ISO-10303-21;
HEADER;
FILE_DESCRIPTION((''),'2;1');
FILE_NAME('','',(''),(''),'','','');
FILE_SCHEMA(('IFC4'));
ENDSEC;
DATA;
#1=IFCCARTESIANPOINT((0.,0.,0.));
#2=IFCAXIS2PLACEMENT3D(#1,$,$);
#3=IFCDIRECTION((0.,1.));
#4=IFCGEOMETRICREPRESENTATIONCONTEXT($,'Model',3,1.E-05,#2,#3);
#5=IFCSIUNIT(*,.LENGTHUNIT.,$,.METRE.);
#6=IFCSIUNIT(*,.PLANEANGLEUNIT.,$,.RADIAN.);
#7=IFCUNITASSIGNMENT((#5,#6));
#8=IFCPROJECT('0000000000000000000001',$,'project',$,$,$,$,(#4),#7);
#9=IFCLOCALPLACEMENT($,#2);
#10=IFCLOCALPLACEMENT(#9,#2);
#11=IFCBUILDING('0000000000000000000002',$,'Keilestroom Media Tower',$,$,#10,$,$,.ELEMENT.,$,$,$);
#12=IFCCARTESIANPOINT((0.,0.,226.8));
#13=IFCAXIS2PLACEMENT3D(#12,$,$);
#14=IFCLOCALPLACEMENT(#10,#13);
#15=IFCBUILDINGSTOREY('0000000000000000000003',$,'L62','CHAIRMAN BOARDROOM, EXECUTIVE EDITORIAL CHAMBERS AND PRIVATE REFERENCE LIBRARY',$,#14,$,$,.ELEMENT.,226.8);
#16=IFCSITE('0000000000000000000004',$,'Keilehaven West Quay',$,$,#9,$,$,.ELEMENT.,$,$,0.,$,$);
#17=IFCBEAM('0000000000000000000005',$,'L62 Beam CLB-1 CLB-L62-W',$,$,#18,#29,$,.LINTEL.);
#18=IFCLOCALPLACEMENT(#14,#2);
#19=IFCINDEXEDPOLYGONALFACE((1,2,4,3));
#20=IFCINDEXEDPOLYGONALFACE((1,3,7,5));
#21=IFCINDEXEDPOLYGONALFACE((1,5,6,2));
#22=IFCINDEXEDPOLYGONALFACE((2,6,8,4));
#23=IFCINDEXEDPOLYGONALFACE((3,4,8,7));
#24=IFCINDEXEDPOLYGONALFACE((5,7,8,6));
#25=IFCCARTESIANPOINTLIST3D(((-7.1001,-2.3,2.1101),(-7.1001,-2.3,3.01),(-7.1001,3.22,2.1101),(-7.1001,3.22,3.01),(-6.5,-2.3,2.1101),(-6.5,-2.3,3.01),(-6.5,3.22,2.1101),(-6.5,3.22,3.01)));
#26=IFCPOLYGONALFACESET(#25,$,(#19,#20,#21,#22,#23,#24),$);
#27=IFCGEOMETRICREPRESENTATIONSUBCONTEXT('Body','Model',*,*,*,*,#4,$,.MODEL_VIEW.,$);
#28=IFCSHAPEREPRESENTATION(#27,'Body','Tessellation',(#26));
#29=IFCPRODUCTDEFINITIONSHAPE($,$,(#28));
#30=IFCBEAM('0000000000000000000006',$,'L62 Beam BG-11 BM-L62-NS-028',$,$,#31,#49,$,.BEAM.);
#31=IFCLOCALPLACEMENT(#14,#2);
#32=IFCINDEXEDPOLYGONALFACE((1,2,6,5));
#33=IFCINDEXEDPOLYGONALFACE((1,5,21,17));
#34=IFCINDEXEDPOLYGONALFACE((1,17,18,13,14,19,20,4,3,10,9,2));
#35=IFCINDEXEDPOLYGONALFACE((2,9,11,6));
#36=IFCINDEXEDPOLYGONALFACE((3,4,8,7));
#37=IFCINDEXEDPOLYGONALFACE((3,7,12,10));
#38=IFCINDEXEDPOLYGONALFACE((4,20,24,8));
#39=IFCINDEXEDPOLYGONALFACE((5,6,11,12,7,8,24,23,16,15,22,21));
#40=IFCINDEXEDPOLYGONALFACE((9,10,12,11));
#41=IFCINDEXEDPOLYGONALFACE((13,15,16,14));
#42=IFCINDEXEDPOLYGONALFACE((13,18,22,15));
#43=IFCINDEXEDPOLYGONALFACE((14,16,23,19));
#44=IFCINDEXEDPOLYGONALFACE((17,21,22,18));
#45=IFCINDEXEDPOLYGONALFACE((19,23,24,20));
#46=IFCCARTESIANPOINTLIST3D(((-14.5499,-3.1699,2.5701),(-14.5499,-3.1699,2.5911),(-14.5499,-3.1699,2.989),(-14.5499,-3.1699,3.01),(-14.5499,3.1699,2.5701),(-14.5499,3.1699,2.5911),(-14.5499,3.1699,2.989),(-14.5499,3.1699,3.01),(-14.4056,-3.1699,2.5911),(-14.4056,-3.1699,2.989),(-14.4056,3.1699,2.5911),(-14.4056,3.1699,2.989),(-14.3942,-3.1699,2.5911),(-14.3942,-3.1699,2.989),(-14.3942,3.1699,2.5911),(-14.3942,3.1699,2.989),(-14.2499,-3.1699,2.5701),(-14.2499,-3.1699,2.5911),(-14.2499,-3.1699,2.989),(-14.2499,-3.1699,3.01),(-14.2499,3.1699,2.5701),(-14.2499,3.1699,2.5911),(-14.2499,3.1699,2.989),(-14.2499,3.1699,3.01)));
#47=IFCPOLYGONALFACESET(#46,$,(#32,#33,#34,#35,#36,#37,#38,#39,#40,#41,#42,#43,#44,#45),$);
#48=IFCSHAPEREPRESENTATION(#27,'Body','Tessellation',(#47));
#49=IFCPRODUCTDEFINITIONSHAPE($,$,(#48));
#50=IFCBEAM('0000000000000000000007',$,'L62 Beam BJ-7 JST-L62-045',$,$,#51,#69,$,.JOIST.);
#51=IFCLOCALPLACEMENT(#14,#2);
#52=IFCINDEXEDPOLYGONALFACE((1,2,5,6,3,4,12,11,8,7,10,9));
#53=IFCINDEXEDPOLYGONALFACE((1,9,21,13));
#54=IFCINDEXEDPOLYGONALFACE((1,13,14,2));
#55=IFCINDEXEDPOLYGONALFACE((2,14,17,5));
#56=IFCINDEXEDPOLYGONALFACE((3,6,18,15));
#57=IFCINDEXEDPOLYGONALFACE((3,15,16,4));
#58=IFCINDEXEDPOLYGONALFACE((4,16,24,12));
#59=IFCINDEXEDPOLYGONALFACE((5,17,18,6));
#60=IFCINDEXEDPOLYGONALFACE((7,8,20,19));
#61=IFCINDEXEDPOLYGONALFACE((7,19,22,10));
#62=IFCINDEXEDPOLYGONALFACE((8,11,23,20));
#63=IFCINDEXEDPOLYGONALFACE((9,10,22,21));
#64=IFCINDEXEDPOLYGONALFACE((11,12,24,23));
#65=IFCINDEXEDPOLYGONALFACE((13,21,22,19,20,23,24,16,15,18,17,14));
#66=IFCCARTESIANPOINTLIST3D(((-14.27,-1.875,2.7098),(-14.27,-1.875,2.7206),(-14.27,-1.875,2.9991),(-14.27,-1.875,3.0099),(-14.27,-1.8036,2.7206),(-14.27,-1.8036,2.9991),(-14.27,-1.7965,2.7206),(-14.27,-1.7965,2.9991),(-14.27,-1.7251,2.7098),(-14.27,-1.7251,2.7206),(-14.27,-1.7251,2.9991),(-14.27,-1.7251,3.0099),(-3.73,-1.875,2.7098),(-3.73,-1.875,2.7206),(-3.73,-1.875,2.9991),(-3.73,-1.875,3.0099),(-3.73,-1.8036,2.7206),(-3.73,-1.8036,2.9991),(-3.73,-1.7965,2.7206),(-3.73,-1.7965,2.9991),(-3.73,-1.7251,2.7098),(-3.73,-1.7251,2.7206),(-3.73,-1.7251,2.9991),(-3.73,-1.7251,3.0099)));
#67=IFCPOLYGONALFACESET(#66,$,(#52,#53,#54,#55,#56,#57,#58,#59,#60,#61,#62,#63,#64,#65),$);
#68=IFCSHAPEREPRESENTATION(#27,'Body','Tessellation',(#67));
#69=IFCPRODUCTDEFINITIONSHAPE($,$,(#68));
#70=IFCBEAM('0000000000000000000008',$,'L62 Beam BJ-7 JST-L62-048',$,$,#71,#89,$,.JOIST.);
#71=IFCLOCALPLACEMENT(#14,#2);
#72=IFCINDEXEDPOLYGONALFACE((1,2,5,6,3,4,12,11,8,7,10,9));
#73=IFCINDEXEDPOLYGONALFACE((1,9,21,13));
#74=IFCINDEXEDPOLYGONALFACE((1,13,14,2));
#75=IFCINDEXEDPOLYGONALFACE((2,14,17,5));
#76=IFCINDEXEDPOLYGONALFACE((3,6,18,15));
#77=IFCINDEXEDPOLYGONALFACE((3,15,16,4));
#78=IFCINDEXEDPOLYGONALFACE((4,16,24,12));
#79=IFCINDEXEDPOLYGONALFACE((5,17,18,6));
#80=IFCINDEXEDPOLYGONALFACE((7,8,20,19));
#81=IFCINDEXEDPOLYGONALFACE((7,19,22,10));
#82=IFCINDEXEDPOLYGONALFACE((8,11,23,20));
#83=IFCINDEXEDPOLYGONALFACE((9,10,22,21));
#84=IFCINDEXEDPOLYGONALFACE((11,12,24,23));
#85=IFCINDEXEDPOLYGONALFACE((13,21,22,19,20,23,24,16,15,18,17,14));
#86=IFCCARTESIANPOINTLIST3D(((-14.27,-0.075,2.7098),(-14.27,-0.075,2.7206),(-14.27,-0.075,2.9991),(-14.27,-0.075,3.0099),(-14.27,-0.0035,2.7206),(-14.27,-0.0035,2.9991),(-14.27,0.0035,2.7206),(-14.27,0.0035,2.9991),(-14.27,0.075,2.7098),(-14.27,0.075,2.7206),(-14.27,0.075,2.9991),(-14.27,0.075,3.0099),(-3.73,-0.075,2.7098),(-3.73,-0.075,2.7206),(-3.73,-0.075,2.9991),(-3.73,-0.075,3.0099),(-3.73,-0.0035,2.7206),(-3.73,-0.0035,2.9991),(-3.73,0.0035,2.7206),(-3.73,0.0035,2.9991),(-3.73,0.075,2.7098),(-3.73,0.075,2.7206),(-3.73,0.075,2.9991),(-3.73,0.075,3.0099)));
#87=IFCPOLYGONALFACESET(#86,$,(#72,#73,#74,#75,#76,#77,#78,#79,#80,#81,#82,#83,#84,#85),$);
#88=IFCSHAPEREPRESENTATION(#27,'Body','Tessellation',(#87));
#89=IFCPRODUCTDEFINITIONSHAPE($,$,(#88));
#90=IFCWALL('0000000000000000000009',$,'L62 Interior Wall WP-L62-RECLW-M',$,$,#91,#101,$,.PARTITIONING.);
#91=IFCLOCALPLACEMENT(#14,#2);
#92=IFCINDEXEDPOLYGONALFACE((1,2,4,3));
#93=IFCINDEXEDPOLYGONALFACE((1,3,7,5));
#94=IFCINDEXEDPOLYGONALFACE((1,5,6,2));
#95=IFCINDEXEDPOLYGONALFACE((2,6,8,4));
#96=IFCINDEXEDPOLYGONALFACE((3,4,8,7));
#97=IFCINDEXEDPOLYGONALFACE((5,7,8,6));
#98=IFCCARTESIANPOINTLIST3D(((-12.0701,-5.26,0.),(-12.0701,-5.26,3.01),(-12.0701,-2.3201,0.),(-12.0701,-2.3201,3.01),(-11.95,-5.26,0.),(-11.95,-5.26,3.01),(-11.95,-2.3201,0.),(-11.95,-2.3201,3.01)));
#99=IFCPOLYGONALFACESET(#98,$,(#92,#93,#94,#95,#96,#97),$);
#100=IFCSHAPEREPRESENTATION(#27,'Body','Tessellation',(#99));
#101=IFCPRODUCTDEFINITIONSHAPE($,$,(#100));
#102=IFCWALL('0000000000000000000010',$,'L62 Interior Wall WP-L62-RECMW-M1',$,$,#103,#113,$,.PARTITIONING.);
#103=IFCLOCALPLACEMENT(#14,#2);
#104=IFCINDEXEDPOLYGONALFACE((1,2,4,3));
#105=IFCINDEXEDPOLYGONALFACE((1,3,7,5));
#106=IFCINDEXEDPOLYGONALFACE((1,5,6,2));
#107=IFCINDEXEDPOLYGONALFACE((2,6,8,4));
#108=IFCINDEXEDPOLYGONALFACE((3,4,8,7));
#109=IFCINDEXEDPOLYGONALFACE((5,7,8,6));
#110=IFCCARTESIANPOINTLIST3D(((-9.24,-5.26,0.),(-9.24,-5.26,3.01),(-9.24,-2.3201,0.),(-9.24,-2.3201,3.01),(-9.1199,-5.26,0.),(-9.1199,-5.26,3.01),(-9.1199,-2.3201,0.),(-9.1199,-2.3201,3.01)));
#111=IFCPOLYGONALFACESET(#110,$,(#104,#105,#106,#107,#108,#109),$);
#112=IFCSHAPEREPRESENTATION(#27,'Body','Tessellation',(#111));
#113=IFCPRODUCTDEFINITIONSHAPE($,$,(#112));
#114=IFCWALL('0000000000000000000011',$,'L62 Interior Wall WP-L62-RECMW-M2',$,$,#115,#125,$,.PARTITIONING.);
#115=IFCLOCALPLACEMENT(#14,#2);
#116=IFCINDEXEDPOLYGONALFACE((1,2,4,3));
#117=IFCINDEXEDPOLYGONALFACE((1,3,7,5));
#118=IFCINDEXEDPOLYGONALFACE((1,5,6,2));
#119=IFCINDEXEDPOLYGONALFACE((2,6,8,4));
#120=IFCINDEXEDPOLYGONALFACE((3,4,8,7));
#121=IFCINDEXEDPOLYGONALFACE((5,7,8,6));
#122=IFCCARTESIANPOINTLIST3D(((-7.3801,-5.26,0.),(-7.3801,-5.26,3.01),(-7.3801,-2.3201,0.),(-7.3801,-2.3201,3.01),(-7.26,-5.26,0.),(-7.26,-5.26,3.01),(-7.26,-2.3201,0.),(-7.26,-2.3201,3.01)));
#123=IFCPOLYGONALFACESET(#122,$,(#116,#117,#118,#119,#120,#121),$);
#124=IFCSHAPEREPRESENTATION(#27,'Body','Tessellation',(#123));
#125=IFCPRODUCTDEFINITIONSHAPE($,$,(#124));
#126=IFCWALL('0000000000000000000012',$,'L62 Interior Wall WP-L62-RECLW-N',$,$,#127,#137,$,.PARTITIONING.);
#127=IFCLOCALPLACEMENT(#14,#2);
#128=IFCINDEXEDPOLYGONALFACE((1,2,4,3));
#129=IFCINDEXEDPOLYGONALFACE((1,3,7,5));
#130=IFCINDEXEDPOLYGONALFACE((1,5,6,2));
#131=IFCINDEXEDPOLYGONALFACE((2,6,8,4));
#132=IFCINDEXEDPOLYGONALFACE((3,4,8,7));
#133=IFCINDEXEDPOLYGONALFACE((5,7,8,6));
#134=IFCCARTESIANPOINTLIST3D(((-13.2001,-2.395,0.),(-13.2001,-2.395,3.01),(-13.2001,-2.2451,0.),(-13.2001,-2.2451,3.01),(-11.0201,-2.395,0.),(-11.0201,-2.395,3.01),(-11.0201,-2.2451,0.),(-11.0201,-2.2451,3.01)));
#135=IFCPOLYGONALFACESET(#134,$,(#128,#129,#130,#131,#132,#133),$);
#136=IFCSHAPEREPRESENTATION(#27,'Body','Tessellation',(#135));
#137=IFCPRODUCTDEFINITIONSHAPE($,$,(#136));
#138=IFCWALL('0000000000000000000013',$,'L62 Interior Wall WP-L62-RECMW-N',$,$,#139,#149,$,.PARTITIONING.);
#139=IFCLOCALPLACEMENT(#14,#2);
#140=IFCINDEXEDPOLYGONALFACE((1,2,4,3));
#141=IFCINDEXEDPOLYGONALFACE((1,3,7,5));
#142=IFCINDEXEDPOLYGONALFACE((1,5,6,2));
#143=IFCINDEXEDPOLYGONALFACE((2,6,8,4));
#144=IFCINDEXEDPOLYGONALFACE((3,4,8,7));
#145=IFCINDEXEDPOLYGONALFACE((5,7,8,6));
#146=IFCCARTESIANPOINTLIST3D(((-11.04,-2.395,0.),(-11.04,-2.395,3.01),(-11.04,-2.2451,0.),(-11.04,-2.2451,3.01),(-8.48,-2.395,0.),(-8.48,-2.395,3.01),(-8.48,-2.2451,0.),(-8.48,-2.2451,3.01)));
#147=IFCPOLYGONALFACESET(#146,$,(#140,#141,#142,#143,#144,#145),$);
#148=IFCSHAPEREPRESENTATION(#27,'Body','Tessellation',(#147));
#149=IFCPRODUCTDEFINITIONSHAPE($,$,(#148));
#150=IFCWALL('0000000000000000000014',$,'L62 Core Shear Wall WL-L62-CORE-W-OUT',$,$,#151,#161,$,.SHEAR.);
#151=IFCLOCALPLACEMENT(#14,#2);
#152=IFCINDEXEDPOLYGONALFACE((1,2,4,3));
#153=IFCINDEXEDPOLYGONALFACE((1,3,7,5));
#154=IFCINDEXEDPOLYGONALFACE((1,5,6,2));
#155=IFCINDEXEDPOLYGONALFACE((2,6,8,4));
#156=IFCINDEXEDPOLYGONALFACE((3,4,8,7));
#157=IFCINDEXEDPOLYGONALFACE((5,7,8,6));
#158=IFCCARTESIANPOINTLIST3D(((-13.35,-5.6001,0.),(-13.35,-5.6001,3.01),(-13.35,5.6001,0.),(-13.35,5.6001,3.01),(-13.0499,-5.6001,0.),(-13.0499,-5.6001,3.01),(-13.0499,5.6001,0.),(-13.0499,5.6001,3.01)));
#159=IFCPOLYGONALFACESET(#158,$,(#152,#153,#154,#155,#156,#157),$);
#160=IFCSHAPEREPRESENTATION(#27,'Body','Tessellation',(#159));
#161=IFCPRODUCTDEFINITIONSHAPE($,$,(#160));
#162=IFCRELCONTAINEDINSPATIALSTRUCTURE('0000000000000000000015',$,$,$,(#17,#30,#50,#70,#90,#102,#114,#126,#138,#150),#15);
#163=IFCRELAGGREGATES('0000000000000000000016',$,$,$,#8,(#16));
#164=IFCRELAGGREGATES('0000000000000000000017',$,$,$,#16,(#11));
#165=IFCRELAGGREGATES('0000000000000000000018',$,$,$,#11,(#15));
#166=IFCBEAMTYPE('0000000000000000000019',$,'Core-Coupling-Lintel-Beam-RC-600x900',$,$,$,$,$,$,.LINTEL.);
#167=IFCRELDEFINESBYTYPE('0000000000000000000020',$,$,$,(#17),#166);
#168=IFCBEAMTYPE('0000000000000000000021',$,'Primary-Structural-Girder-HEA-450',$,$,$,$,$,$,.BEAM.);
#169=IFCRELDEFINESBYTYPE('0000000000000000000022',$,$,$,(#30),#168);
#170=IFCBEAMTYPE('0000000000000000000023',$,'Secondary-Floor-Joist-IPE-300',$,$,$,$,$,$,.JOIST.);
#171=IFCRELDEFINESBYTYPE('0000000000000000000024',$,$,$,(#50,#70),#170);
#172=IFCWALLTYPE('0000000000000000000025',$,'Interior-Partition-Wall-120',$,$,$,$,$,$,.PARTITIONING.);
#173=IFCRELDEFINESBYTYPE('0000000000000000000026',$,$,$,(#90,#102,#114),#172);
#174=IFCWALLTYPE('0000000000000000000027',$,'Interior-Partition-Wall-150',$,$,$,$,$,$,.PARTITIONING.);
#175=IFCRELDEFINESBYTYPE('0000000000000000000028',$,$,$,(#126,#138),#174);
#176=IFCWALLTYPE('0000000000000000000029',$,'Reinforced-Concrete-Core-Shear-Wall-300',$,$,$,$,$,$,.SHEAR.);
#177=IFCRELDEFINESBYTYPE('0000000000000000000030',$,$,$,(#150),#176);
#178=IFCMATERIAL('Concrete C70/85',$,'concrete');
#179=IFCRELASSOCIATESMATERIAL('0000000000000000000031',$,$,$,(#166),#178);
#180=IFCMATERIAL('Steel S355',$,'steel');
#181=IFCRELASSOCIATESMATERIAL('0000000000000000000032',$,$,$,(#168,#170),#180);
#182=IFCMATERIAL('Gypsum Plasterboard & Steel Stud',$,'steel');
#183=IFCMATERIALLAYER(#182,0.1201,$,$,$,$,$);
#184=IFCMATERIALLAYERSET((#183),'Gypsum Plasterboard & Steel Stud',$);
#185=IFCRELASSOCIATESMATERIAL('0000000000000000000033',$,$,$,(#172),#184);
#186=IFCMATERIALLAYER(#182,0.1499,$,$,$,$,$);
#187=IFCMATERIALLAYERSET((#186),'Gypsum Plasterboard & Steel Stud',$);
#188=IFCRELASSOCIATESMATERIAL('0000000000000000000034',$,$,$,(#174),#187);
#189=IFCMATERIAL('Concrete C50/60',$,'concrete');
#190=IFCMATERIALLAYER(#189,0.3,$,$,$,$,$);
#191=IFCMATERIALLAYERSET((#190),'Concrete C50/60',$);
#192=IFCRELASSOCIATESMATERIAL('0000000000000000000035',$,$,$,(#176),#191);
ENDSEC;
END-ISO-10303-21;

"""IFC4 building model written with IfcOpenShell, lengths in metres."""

from ifc_helpers import new_model, si_unit, direction, frame, frame_2d, origin, origin_2d, place, context, subcontext, project, spatial, rectangle, i_section, extrude, source, transform, mapped, material, layer, layer_set, material_profile, profile_set, type_object, element, save


model = new_model("IFC4")

# Units and contexts
model_context = context("Model", 3, precision=1e-05, world=origin(), true_north=direction((0.0, 1.0)))
body_context = subcontext(model_context, "Body", "Model", "MODEL_VIEW")
ifc_project = project(units=[si_unit("LENGTHUNIT", "METRE"), si_unit("PLANEANGLEUNIT", "RADIAN")], contexts=[model_context])

# Site, building, storey
site_placement = place(None, origin())
site = spatial("IfcSite", under=ifc_project, at=site_placement, Name="Keilehaven West Quay", CompositionType="ELEMENT", RefElevation=0.0)
building_placement = place(site_placement, origin())
building = spatial("IfcBuilding", under=site, at=building_placement, Name="Keilestroom Media Tower", CompositionType="ELEMENT")
storey_placement = place(building_placement, frame((0.0, 0.0, 226.8)))
storey = spatial("IfcBuildingStorey", under=building, at=storey_placement, Name="L62", Description="CHAIRMAN BOARDROOM, EXECUTIVE EDITORIAL CHAMBERS AND PRIVATE REFERENCE LIBRARY", CompositionType="ELEMENT", Elevation=226.8)

# Beams
ifc_material_1 = material(Name="Concrete C70/85", Category="concrete")
ifc_material_profile_1 = material_profile(ifc_material_1, rectangle(XDim=0.6001, YDim=0.8999, at=origin_2d()), Name="RC 600x900")
ifc_profile_set_1 = profile_set([ifc_material_profile_1], Name="Concrete C70/85")
beam_type_1 = type_object("IfcBeamType", Name="Core-Coupling-Lintel-Beam-RC-600x900", PredefinedType="LINTEL", material=ifc_profile_set_1)
shared_shape_1 = source(origin(), body_context, "Body", "SweptSolid", [
    extrude(rectangle(XDim=0.6001, YDim=0.8999, at=origin_2d()), origin(), (0.0, 0.0, 1.0), 5.52),
])
beam_1_placement = place(storey_placement, frame((-6.8, -2.3, 2.5601), z_axis=(0.0, 1.0, 0.0), x_axis=(-1.0, 0.0, 0.0)))
element("IfcBeam", 1, at=beam_1_placement, inside=storey, type_object=beam_type_1, Name="L62 Beam CLB-1 CLB-L62-W", PredefinedType="LINTEL", context=body_context, shape_type="MappedRepresentation", body=[
    mapped(shared_shape_1, transform((0.0, 0.0, 0.0), x_axis=(1.0, 0.0, 0.0), y_axis=(0.0, 1.0, 0.0), z_axis=(0.0, 0.0, 1.0), scale=1.0)),
])
ifc_material_2 = material(Name="Steel S355", Category="steel")
ifc_material_profile_2 = material_profile(ifc_material_2, i_section(OverallWidth=0.3, OverallDepth=0.4399, WebThickness=0.0115, FlangeThickness=0.021, at=origin_2d()), Name="HEA 450")
ifc_profile_set_2 = profile_set([ifc_material_profile_2], Name="Steel S355")
beam_type_2 = type_object("IfcBeamType", Name="Primary-Structural-Girder-HEA-450", PredefinedType="BEAM", material=ifc_profile_set_2)
shared_shape_2 = source(origin(), body_context, "Body", "SweptSolid", [
    extrude(i_section(OverallWidth=0.3, OverallDepth=0.4399, WebThickness=0.0115, FlangeThickness=0.021, at=origin_2d()), origin(), (0.0, 0.0, 1.0), 6.3398),
])
beam_2_placement = place(storey_placement, frame((-14.3999, -3.1699, 2.79), z_axis=(0.0, 1.0, 0.0), x_axis=(-1.0, 0.0, 0.0)))
element("IfcBeam", 2, at=beam_2_placement, inside=storey, type_object=beam_type_2, Name="L62 Beam BG-11 BM-L62-NS-028", PredefinedType="BEAM", context=body_context, shape_type="MappedRepresentation", body=[
    mapped(shared_shape_2, transform((0.0, 0.0, 0.0), x_axis=(1.0, 0.0, 0.0), y_axis=(0.0, 1.0, 0.0), z_axis=(0.0, 0.0, 1.0), scale=1.0)),
])
ifc_material_profile_3 = material_profile(ifc_material_2, i_section(OverallWidth=0.1499, OverallDepth=0.3, WebThickness=0.0071, FlangeThickness=0.0107, at=origin_2d()), Name="IPE 300")
ifc_profile_set_3 = profile_set([ifc_material_profile_3], Name="Steel S355")
beam_type_3 = type_object("IfcBeamType", Name="Secondary-Floor-Joist-IPE-300", PredefinedType="JOIST", material=ifc_profile_set_3)
shared_shape_3 = source(origin(), body_context, "Body", "SweptSolid", [
    extrude(i_section(OverallWidth=0.1499, OverallDepth=0.3, WebThickness=0.0071, FlangeThickness=0.0107, at=origin_2d()), origin(), (0.0, 0.0, 1.0), 10.54),
])
for number, where, z_axis, x_axis, name in (
    (3, (-14.27, -1.8, 2.8599), (1.0, 0.0, 0.0), (0.0, 1.0, 0.0), "L62 Beam BJ-7 JST-L62-045"),
    (4, (-14.27, 0.0, 2.8599), (1.0, 0.0, 0.0), (0.0, 1.0, 0.0), "L62 Beam BJ-7 JST-L62-048"),
):
    element("IfcBeam", number, at=place(storey_placement, frame(where, z_axis=z_axis, x_axis=x_axis)), inside=storey, type_object=beam_type_3, Name=name, PredefinedType="JOIST", context=body_context, shape_type="MappedRepresentation", body=[
        mapped(shared_shape_3, transform((0.0, 0.0, 0.0), x_axis=(1.0, 0.0, 0.0), y_axis=(0.0, 1.0, 0.0), z_axis=(0.0, 0.0, 1.0), scale=1.0)),
    ])

# Walls
ifc_material_3 = material(Name="Gypsum Plasterboard & Steel Stud", Category="steel")
ifc_layer_1 = layer(ifc_material_3, 0.1201)
ifc_layer_set_1 = layer_set([ifc_layer_1], Name="Gypsum Plasterboard & Steel Stud")
wall_type_1 = type_object("IfcWallType", Name="Interior-Partition-Wall-120", PredefinedType="PARTITIONING", material=ifc_layer_set_1)
for number, where, z_axis, x_axis, name in (
    (5, (-12.01, -5.26, 0.0), (0.0, 0.0, 1.0), (0.0, 1.0, 0.0), "L62 Interior Wall WP-L62-RECLW-M"),
    (6, (-9.1799, -5.26, 0.0), (0.0, 0.0, 1.0), (0.0, 1.0, 0.0), "L62 Interior Wall WP-L62-RECMW-M1"),
    (7, (-7.3201, -5.26, 0.0), (0.0, 0.0, 1.0), (0.0, 1.0, 0.0), "L62 Interior Wall WP-L62-RECMW-M2"),
):
    element("IfcWall", number, at=place(storey_placement, frame(where, z_axis=z_axis, x_axis=x_axis)), inside=storey, type_object=wall_type_1, Name=name, PredefinedType="PARTITIONING", context=body_context, shape_type="SweptSolid", body=[
        extrude(rectangle(XDim=2.9399, YDim=0.1201, at=frame_2d((1.47, 0.0))), origin(), (0.0, 0.0, 1.0), 3.01),
    ])
ifc_layer_2 = layer(ifc_material_3, 0.1499)
ifc_layer_set_2 = layer_set([ifc_layer_2], Name="Gypsum Plasterboard & Steel Stud")
wall_type_2 = type_object("IfcWallType", Name="Interior-Partition-Wall-150", PredefinedType="PARTITIONING", material=ifc_layer_set_2)
wall_1_placement = place(storey_placement, frame((-13.2, -2.3201, 0.0), z_axis=(0.0, 0.0, 1.0), x_axis=(1.0, 0.0, 0.0)))
element("IfcWall", 8, at=wall_1_placement, inside=storey, type_object=wall_type_2, Name="L62 Interior Wall WP-L62-RECLW-N", PredefinedType="PARTITIONING", context=body_context, shape_type="SweptSolid", body=[
    extrude(rectangle(XDim=2.1799, YDim=0.1499, at=frame_2d((1.0898, 0.0))), origin(), (0.0, 0.0, 1.0), 3.01),
])
wall_2_placement = place(storey_placement, frame((-11.04, -2.3201, 0.0), z_axis=(0.0, 0.0, 1.0), x_axis=(1.0, 0.0, 0.0)))
element("IfcWall", 9, at=wall_2_placement, inside=storey, type_object=wall_type_2, Name="L62 Interior Wall WP-L62-RECMW-N", PredefinedType="PARTITIONING", context=body_context, shape_type="SweptSolid", body=[
    extrude(rectangle(XDim=2.5601, YDim=0.1499, at=frame_2d((1.28, 0.0))), origin(), (0.0, 0.0, 1.0), 3.01),
])
ifc_material_4 = material(Name="Concrete C50/60", Category="concrete")
ifc_layer_3 = layer(ifc_material_4, 0.3)
ifc_layer_set_3 = layer_set([ifc_layer_3], Name="Concrete C50/60")
wall_type_3 = type_object("IfcWallType", Name="Reinforced-Concrete-Core-Shear-Wall-300", PredefinedType="SHEAR", material=ifc_layer_set_3)
wall_3_placement = place(storey_placement, frame((-13.2, -5.6001, 0.0), z_axis=(0.0, 0.0, 1.0), x_axis=(0.0, 1.0, 0.0)))
element("IfcWall", 10, at=wall_3_placement, inside=storey, type_object=wall_type_3, Name="L62 Core Shear Wall WL-L62-CORE-W-OUT", PredefinedType="SHEAR", context=body_context, shape_type="SweptSolid", body=[
    extrude(rectangle(XDim=11.2002, YDim=0.3, at=frame_2d((5.6001, 0.0))), origin(), (0.0, 0.0, 1.0), 3.01),
])

save(model, "model.ifc")
